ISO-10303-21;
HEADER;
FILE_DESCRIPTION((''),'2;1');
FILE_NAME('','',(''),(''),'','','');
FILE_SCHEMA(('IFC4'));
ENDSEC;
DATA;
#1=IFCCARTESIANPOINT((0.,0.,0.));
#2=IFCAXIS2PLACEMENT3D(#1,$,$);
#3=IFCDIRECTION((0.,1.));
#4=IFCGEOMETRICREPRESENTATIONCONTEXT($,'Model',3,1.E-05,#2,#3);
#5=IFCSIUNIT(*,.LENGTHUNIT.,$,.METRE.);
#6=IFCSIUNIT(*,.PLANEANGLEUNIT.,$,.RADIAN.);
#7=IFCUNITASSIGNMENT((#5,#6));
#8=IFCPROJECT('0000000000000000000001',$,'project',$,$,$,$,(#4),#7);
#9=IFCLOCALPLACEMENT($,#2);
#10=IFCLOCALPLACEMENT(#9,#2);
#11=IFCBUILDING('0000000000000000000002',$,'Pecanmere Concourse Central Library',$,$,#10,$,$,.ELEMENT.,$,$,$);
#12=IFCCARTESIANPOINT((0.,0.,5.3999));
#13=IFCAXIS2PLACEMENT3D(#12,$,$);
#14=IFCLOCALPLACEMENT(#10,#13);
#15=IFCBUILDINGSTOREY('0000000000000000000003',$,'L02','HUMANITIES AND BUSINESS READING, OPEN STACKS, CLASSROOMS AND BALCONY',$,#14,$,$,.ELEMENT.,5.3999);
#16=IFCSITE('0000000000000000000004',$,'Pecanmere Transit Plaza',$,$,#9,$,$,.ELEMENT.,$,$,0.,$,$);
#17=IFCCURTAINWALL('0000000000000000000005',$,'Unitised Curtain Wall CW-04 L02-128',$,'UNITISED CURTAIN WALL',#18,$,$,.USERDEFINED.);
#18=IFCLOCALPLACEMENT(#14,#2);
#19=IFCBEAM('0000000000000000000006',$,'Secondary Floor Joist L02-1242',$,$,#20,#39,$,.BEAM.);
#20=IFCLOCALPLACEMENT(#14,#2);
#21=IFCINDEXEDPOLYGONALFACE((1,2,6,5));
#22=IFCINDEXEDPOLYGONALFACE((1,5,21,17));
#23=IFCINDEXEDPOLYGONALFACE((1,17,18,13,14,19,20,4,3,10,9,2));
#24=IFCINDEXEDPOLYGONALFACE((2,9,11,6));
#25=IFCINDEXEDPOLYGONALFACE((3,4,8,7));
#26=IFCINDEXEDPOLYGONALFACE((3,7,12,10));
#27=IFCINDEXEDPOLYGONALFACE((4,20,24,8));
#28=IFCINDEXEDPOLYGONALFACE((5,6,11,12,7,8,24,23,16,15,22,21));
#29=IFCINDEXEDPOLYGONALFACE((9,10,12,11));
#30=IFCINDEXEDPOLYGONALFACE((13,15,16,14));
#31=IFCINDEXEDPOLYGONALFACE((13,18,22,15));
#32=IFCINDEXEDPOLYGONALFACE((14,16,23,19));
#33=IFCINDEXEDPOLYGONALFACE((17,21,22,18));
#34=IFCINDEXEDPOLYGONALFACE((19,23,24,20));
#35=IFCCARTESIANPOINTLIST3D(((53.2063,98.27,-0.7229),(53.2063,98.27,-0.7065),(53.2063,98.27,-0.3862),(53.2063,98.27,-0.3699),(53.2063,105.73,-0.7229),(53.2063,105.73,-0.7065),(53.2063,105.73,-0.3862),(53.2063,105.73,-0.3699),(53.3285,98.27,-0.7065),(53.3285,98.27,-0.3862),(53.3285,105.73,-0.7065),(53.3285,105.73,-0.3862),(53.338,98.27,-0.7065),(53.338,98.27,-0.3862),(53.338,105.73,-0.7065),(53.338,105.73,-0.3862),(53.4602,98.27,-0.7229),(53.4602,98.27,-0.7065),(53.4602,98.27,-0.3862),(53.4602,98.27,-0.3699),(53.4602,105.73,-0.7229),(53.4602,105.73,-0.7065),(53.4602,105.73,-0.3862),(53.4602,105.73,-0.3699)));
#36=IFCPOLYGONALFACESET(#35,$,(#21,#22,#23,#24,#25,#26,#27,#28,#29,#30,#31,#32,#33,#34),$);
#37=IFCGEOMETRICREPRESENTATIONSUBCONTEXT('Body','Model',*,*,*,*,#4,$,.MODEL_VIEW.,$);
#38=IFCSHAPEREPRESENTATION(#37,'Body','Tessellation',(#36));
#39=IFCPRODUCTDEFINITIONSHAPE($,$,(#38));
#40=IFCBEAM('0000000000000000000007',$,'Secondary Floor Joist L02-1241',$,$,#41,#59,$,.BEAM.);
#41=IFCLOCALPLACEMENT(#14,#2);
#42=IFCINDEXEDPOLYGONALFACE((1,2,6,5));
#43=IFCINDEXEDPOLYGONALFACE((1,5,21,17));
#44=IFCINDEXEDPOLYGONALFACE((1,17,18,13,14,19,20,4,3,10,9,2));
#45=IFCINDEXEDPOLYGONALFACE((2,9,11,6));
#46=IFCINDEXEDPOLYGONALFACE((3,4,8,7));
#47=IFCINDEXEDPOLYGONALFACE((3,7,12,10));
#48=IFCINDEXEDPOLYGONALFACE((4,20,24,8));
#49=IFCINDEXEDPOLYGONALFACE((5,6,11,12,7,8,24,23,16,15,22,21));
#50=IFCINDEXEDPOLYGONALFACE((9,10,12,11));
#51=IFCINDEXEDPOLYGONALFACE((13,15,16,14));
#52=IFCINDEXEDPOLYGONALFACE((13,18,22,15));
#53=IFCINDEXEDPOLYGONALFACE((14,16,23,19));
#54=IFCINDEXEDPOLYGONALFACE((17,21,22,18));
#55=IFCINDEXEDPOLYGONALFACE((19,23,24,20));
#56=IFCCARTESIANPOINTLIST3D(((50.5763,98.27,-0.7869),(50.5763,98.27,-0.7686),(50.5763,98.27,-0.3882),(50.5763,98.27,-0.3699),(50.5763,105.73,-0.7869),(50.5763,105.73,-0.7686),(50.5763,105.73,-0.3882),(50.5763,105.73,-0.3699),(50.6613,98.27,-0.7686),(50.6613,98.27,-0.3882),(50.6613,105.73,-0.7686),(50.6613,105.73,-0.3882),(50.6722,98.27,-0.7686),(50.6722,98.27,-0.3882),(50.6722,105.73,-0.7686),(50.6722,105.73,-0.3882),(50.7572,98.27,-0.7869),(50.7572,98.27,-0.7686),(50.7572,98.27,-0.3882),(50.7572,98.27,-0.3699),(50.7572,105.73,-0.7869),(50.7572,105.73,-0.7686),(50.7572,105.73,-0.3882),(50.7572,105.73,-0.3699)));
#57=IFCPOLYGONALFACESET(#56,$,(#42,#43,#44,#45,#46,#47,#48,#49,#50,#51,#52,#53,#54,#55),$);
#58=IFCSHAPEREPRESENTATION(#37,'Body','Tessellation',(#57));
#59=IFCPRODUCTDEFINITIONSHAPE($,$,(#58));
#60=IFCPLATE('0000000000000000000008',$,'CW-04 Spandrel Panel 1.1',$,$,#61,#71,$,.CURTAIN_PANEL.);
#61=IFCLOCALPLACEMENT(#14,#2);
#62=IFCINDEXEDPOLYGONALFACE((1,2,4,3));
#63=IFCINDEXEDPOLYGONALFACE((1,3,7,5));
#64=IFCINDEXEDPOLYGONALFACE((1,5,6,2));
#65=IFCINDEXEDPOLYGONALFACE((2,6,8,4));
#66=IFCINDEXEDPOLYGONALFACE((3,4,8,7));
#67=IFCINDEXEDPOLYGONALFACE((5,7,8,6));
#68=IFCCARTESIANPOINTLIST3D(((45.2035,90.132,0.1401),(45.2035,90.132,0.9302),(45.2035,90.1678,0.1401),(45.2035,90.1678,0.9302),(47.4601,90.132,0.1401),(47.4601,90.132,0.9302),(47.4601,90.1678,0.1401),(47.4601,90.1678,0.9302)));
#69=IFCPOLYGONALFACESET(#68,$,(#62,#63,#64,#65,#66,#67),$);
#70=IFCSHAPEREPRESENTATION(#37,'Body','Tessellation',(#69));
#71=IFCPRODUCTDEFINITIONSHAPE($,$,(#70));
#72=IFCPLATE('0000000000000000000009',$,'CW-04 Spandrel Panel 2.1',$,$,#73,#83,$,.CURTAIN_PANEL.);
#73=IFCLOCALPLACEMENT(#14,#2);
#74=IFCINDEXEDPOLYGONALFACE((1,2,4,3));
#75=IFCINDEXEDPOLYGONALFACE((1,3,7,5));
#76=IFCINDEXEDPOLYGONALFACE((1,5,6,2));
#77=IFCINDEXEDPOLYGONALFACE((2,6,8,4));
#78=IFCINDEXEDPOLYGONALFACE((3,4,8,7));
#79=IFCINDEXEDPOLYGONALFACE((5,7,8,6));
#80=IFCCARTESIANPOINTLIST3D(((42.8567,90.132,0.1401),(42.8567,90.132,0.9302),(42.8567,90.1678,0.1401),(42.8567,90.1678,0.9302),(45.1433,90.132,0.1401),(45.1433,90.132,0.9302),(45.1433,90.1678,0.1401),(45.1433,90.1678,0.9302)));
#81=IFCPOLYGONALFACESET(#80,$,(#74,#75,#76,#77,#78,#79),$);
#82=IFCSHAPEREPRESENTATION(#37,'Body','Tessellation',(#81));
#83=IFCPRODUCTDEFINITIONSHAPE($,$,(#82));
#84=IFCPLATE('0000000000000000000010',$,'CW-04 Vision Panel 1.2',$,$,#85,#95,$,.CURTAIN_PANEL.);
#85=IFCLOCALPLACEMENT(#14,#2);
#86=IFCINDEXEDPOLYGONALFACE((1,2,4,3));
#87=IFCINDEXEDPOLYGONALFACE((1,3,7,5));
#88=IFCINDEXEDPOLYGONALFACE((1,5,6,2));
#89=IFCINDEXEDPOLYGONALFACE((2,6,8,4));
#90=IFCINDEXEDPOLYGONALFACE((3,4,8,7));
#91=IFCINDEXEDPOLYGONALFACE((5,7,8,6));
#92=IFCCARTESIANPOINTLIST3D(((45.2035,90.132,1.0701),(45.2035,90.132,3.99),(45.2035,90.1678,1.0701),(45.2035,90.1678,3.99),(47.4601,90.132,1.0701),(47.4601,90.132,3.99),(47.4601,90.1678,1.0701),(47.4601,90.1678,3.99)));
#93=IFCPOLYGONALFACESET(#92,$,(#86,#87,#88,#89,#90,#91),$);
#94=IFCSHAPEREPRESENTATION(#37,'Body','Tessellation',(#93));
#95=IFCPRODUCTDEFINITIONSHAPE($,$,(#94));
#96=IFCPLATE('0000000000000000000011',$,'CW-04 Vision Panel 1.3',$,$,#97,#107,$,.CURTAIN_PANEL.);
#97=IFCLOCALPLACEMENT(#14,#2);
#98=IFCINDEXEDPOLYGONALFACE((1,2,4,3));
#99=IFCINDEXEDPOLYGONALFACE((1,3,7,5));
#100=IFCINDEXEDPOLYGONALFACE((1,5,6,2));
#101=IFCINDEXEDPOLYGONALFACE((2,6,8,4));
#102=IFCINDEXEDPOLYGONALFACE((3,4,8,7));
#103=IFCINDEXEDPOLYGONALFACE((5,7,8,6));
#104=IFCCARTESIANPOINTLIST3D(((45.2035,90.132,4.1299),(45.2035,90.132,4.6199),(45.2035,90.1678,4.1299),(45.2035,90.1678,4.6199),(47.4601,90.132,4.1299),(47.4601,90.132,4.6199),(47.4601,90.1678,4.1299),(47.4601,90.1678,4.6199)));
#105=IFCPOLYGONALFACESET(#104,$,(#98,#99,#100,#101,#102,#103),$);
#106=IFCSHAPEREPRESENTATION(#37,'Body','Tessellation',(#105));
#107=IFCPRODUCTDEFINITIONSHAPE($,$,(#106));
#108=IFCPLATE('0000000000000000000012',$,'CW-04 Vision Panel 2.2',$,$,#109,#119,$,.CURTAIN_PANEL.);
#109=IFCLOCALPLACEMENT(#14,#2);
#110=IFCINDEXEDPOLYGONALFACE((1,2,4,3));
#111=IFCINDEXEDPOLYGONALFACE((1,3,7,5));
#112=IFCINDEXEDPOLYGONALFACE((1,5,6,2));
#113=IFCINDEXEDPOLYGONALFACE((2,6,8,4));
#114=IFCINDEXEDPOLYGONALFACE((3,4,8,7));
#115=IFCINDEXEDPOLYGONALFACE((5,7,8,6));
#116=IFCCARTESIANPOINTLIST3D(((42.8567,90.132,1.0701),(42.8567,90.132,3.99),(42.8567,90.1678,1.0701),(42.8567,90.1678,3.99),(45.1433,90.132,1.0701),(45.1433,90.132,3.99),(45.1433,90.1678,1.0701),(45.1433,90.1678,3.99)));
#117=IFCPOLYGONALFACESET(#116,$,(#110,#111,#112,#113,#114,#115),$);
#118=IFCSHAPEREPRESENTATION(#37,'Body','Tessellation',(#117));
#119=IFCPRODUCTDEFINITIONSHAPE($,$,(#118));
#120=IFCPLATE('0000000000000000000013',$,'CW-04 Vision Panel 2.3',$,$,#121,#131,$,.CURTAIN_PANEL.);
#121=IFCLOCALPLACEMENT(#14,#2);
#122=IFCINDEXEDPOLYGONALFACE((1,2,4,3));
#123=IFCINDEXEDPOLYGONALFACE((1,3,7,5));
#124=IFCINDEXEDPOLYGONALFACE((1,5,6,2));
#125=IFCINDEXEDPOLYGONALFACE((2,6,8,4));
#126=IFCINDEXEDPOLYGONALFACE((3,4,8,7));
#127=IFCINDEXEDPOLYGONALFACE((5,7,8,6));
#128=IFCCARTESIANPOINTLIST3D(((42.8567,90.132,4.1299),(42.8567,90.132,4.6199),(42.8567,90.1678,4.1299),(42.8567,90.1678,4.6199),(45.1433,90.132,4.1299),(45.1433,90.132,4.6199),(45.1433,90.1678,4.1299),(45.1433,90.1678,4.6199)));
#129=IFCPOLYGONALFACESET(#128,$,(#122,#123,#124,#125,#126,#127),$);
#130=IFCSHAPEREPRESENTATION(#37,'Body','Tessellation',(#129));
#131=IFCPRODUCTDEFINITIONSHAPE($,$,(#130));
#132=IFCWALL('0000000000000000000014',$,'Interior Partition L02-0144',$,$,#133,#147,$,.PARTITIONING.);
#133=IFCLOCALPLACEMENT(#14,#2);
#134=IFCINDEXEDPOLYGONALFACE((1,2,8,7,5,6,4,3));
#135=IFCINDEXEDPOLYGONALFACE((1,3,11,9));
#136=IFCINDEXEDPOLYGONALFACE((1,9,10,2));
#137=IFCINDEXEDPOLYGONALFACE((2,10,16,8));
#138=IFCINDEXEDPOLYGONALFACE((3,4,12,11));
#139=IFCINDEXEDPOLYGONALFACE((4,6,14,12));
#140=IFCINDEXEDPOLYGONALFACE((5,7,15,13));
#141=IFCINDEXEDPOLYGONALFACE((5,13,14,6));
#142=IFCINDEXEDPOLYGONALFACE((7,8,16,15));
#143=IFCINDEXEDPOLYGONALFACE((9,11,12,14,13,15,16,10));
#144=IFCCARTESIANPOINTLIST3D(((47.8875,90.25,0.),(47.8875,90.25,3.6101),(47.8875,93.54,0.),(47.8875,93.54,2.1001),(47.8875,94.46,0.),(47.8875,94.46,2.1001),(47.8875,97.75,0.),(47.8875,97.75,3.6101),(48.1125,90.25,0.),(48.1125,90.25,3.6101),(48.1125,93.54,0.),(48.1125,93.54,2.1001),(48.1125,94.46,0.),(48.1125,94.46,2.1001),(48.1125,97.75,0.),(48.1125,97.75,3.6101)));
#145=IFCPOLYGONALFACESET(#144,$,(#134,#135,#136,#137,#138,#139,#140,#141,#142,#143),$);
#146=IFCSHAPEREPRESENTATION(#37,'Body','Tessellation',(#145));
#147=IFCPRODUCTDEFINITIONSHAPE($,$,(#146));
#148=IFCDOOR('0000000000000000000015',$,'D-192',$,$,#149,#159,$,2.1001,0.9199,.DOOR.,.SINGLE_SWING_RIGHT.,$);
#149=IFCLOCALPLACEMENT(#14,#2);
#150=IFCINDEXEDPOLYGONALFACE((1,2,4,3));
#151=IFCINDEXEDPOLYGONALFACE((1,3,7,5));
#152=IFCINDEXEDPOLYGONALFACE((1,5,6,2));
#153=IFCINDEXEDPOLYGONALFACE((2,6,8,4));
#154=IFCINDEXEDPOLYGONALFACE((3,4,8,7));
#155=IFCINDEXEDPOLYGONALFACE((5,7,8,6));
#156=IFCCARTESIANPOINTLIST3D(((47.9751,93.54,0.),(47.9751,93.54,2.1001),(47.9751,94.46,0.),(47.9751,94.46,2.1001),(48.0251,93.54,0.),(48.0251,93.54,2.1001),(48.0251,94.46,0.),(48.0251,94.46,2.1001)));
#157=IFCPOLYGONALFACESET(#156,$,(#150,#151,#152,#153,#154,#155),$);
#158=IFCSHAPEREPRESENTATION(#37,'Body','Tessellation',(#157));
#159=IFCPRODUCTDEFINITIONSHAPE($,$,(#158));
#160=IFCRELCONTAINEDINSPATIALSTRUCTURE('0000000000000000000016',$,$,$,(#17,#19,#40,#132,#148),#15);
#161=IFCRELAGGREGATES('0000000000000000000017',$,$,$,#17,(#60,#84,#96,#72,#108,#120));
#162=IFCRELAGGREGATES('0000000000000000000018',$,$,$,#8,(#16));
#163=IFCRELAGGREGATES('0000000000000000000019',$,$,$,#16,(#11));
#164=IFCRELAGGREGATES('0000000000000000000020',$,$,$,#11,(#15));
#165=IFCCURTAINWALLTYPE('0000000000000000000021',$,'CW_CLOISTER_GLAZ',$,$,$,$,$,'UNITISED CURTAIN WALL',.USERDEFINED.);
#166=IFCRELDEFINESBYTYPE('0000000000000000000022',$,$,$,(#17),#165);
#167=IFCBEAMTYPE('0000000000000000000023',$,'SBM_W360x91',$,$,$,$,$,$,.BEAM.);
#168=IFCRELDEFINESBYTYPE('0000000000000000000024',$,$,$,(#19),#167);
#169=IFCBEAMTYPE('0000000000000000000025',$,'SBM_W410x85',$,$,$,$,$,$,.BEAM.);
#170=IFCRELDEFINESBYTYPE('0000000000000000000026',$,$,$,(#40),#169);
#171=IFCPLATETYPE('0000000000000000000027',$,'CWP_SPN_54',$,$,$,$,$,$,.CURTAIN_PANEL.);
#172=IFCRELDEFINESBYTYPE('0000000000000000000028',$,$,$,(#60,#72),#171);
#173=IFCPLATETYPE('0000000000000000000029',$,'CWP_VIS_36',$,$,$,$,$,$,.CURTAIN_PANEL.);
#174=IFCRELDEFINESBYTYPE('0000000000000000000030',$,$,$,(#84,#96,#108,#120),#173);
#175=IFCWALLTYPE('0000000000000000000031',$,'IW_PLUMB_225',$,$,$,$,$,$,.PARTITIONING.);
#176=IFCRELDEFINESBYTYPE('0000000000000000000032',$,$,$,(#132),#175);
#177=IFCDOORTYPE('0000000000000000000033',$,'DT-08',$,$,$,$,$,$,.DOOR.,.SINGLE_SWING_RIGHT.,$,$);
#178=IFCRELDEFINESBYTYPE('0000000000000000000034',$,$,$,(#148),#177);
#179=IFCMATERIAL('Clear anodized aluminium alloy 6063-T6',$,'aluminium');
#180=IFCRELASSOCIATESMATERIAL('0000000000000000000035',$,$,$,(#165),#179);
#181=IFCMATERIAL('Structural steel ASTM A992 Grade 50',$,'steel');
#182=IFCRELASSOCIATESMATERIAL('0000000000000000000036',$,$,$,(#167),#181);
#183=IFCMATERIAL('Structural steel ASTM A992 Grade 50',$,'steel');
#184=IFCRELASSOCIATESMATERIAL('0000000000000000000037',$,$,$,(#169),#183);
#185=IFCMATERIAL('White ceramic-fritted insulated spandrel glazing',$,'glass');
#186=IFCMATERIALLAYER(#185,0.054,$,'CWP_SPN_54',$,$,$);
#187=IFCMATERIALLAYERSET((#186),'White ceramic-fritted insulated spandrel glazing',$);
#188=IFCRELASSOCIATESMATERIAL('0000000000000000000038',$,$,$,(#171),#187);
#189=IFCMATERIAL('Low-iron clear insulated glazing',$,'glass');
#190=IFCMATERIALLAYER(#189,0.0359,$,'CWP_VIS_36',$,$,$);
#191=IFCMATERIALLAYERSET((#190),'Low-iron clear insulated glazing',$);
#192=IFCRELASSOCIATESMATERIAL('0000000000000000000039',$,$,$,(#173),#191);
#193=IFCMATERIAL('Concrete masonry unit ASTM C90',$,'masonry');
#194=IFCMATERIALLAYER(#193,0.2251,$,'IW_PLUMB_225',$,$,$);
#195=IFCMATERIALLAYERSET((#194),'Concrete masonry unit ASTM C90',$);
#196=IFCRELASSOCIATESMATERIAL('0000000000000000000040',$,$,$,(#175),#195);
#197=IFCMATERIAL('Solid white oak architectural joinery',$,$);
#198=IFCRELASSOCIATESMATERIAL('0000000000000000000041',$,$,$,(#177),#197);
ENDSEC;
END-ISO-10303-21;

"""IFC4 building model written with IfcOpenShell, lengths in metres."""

from ifc_helpers import new_model, si_unit, direction, frame, frame_2d, origin, origin_2d, place, context, subcontext, project, spatial, rectangle, i_section, extrude, material, layer, layer_set, material_profile, profile_set, type_object, element, fill, aggregate, save


model = new_model("IFC4")

# Units and contexts
model_context = context("Model", 3, precision=1e-05, world=origin(), true_north=direction((0.0, 1.0)))
body_context = subcontext(model_context, "Body", "Model", "MODEL_VIEW")
ifc_project = project(units=[si_unit("LENGTHUNIT", "METRE"), si_unit("PLANEANGLEUNIT", "RADIAN")], contexts=[model_context])

# Site, building, storey
site_placement = place(None, origin())
site = spatial("IfcSite", under=ifc_project, at=site_placement, Name="Pecanmere Transit Plaza", CompositionType="ELEMENT", RefElevation=0.0)
building_placement = place(site_placement, origin())
building = spatial("IfcBuilding", under=site, at=building_placement, Name="Pecanmere Concourse Central Library", CompositionType="ELEMENT")
storey_placement = place(building_placement, frame((0.0, 0.0, 5.3999)))
storey = spatial("IfcBuildingStorey", under=building, at=storey_placement, Name="L02", Description="HUMANITIES AND BUSINESS READING, OPEN STACKS, CLASSROOMS AND BALCONY", CompositionType="ELEMENT", Elevation=5.3999)

# Curtain wall
ifc_material_1 = material(Name="Clear anodized aluminium alloy 6063-T6", Category="aluminium")
curtain_wall_type = type_object("IfcCurtainWallType", Name="CW_CLOISTER_GLAZ", ElementType="UNITISED CURTAIN WALL", PredefinedType="USERDEFINED", material=ifc_material_1)
curtain_wall_placement = place(storey_placement, origin())
curtain_wall = element("IfcCurtainWall", 1, at=curtain_wall_placement, inside=storey, type_object=curtain_wall_type, Name="Unitised Curtain Wall CW-04 L02-128", ObjectType="UNITISED CURTAIN WALL", PredefinedType="USERDEFINED")

# Beams
ifc_material_2 = material(Name="Structural steel ASTM A992 Grade 50", Category="steel")
ifc_material_profile_1 = material_profile(ifc_material_2, i_section(OverallWidth=0.2539, OverallDepth=0.353, WebThickness=0.0095, FlangeThickness=0.0164, at=origin_2d()), Name="W360x91")
ifc_profile_set_1 = profile_set([ifc_material_profile_1], Name="Structural steel ASTM A992 Grade 50")
beam_type_1 = type_object("IfcBeamType", Name="SBM_W360x91", PredefinedType="BEAM", material=ifc_profile_set_1)
beam_1_placement = place(storey_placement, frame((53.3333, 98.27, -0.5464), z_axis=(0.0, 1.0, 0.0), x_axis=(-1.0, 0.0, 0.0)))
element("IfcBeam", 2, at=beam_1_placement, inside=storey, type_object=beam_type_1, Name="Secondary Floor Joist L02-1242", PredefinedType="BEAM", context=body_context, shape_type="SweptSolid", body=[
    extrude(i_section(OverallWidth=0.2539, OverallDepth=0.353, WebThickness=0.0095, FlangeThickness=0.0164, at=origin_2d()), origin(), (0.0, 0.0, 1.0), 7.46),
])
ifc_material_3 = material(Name="Structural steel ASTM A992 Grade 50", Category="steel")
ifc_material_profile_2 = material_profile(ifc_material_3, i_section(OverallWidth=0.1809, OverallDepth=0.417, WebThickness=0.011, FlangeThickness=0.0183, at=origin_2d()), Name="W410x85")
ifc_profile_set_2 = profile_set([ifc_material_profile_2], Name="Structural steel ASTM A992 Grade 50")
beam_type_2 = type_object("IfcBeamType", Name="SBM_W410x85", PredefinedType="BEAM", material=ifc_profile_set_2)
beam_2_placement = place(storey_placement, frame((50.6667, 98.27, -0.5784), z_axis=(0.0, 1.0, 0.0), x_axis=(-1.0, 0.0, 0.0)))
element("IfcBeam", 3, at=beam_2_placement, inside=storey, type_object=beam_type_2, Name="Secondary Floor Joist L02-1241", PredefinedType="BEAM", context=body_context, shape_type="SweptSolid", body=[
    extrude(i_section(OverallWidth=0.1809, OverallDepth=0.417, WebThickness=0.011, FlangeThickness=0.0183, at=origin_2d()), origin(), (0.0, 0.0, 1.0), 7.46),
])

# Plates
ifc_material_4 = material(Name="White ceramic-fritted insulated spandrel glazing", Category="glass")
ifc_layer_1 = layer(ifc_material_4, 0.054, Name="CWP_SPN_54")
ifc_layer_set_1 = layer_set([ifc_layer_1], Name="White ceramic-fritted insulated spandrel glazing")
plate_type_1 = type_object("IfcPlateType", Name="CWP_SPN_54", PredefinedType="CURTAIN_PANEL", material=ifc_layer_set_1)
plate_1_placement = place(storey_placement, frame((46.3318, 90.1499, 0.1401), z_axis=(0.0, 0.0, 1.0), x_axis=(-1.0, 0.0, 0.0)))
plate_1 = element("IfcPlate", 4, at=plate_1_placement, type_object=plate_type_1, Name="CW-04 Spandrel Panel 1.1", PredefinedType="CURTAIN_PANEL", context=body_context, shape_type="SweptSolid", body=[
    extrude(rectangle(XDim=2.2566, YDim=0.0359, at=origin_2d()), origin(), (0.0, 0.0, 1.0), 0.79),
])
plate_2_placement = place(storey_placement, frame((44.0, 90.1499, 0.1401), z_axis=(0.0, 0.0, 1.0), x_axis=(-1.0, 0.0, 0.0)))
plate_2 = element("IfcPlate", 5, at=plate_2_placement, type_object=plate_type_1, Name="CW-04 Spandrel Panel 2.1", PredefinedType="CURTAIN_PANEL", context=body_context, shape_type="SweptSolid", body=[
    extrude(rectangle(XDim=2.2866, YDim=0.0359, at=origin_2d()), origin(), (0.0, 0.0, 1.0), 0.79),
])
ifc_material_5 = material(Name="Low-iron clear insulated glazing", Category="glass")
ifc_layer_2 = layer(ifc_material_5, 0.0359, Name="CWP_VIS_36")
ifc_layer_set_2 = layer_set([ifc_layer_2], Name="Low-iron clear insulated glazing")
plate_type_2 = type_object("IfcPlateType", Name="CWP_VIS_36", PredefinedType="CURTAIN_PANEL", material=ifc_layer_set_2)
plate_3_placement = place(storey_placement, frame((46.3318, 90.1499, 1.0701), z_axis=(0.0, 0.0, 1.0), x_axis=(-1.0, 0.0, 0.0)))
plate_3 = element("IfcPlate", 6, at=plate_3_placement, type_object=plate_type_2, Name="CW-04 Vision Panel 1.2", PredefinedType="CURTAIN_PANEL", context=body_context, shape_type="SweptSolid", body=[
    extrude(rectangle(XDim=2.2566, YDim=0.0359, at=origin_2d()), origin(), (0.0, 0.0, 1.0), 2.9199),
])
plate_4_placement = place(storey_placement, frame((46.3318, 90.1499, 4.1299), z_axis=(0.0, 0.0, 1.0), x_axis=(-1.0, 0.0, 0.0)))
plate_4 = element("IfcPlate", 7, at=plate_4_placement, type_object=plate_type_2, Name="CW-04 Vision Panel 1.3", PredefinedType="CURTAIN_PANEL", context=body_context, shape_type="SweptSolid", body=[
    extrude(rectangle(XDim=2.2566, YDim=0.0359, at=origin_2d()), origin(), (0.0, 0.0, 1.0), 0.49),
])
plate_5_placement = place(storey_placement, frame((44.0, 90.1499, 1.0701), z_axis=(0.0, 0.0, 1.0), x_axis=(-1.0, 0.0, 0.0)))
plate_5 = element("IfcPlate", 8, at=plate_5_placement, type_object=plate_type_2, Name="CW-04 Vision Panel 2.2", PredefinedType="CURTAIN_PANEL", context=body_context, shape_type="SweptSolid", body=[
    extrude(rectangle(XDim=2.2866, YDim=0.0359, at=origin_2d()), origin(), (0.0, 0.0, 1.0), 2.9199),
])
plate_6_placement = place(storey_placement, frame((44.0, 90.1499, 4.1299), z_axis=(0.0, 0.0, 1.0), x_axis=(-1.0, 0.0, 0.0)))
plate_6 = element("IfcPlate", 9, at=plate_6_placement, type_object=plate_type_2, Name="CW-04 Vision Panel 2.3", PredefinedType="CURTAIN_PANEL", context=body_context, shape_type="SweptSolid", body=[
    extrude(rectangle(XDim=2.2866, YDim=0.0359, at=origin_2d()), origin(), (0.0, 0.0, 1.0), 0.49),
])
aggregate(curtain_wall, [plate_1, plate_3, plate_4, plate_2, plate_5, plate_6])

# Wall, opening, door
ifc_material_6 = material(Name="Concrete masonry unit ASTM C90", Category="masonry")
ifc_layer_3 = layer(ifc_material_6, 0.2251, Name="IW_PLUMB_225")
ifc_layer_set_3 = layer_set([ifc_layer_3], Name="Concrete masonry unit ASTM C90")
wall_type = type_object("IfcWallType", Name="IW_PLUMB_225", PredefinedType="PARTITIONING", material=ifc_layer_set_3)
wall_1_placement = place(storey_placement, frame((48.0, 90.25, 0.0), z_axis=(0.0, 0.0, 1.0), x_axis=(0.0, 1.0, 0.0)))
wall_1 = element("IfcWall", 10, at=wall_1_placement, inside=storey, type_object=wall_type, Name="Interior Partition L02-0144", PredefinedType="PARTITIONING", context=body_context, shape_type="SweptSolid", body=[
    extrude(rectangle(XDim=7.5, YDim=0.2251, at=frame_2d((3.75, 0.0))), origin(), (0.0, 0.0, 1.0), 3.6101),
])
opening_1_placement = place(wall_1_placement, frame((3.29, 0.0, 0.0)))
opening_1 = element("IfcOpeningElement", 11, at=opening_1_placement, cuts=wall_1, PredefinedType="OPENING", context=body_context, shape_type="SweptSolid", body=[
    extrude(rectangle(XDim=0.9199, YDim=2.1001, at=frame_2d((0.46, 1.05))), frame((0.0, 0.1245, 0.0), z_axis=(0.0, -1.0, 0.0), x_axis=(1.0, 0.0, 0.0)), (0.0, 0.0, 1.0), 0.249),
])
ifc_material_7 = material(Name="Solid white oak architectural joinery")
door_type_1 = type_object("IfcDoorType", Name="DT-08", OperationType="SINGLE_SWING_RIGHT", PredefinedType="DOOR", material=ifc_material_7)
door_1_placement = place(opening_1_placement, origin())
door_1 = element("IfcDoor", 12, at=door_1_placement, inside=storey, type_object=door_type_1, Name="D-192", OperationType="SINGLE_SWING_RIGHT", OverallHeight=2.1001, OverallWidth=0.9199, PredefinedType="DOOR", context=body_context, shape_type="SweptSolid", body=[
    extrude(rectangle(XDim=0.9199, YDim=2.1001, at=frame_2d((0.46, 1.05))), frame((0.0, 0.0249, 0.0), z_axis=(0.0, -1.0, 0.0), x_axis=(1.0, 0.0, 0.0)), (0.0, 0.0, 1.0), 0.05),
])
fill(opening_1, door_1)

save(model, "model.ifc")
